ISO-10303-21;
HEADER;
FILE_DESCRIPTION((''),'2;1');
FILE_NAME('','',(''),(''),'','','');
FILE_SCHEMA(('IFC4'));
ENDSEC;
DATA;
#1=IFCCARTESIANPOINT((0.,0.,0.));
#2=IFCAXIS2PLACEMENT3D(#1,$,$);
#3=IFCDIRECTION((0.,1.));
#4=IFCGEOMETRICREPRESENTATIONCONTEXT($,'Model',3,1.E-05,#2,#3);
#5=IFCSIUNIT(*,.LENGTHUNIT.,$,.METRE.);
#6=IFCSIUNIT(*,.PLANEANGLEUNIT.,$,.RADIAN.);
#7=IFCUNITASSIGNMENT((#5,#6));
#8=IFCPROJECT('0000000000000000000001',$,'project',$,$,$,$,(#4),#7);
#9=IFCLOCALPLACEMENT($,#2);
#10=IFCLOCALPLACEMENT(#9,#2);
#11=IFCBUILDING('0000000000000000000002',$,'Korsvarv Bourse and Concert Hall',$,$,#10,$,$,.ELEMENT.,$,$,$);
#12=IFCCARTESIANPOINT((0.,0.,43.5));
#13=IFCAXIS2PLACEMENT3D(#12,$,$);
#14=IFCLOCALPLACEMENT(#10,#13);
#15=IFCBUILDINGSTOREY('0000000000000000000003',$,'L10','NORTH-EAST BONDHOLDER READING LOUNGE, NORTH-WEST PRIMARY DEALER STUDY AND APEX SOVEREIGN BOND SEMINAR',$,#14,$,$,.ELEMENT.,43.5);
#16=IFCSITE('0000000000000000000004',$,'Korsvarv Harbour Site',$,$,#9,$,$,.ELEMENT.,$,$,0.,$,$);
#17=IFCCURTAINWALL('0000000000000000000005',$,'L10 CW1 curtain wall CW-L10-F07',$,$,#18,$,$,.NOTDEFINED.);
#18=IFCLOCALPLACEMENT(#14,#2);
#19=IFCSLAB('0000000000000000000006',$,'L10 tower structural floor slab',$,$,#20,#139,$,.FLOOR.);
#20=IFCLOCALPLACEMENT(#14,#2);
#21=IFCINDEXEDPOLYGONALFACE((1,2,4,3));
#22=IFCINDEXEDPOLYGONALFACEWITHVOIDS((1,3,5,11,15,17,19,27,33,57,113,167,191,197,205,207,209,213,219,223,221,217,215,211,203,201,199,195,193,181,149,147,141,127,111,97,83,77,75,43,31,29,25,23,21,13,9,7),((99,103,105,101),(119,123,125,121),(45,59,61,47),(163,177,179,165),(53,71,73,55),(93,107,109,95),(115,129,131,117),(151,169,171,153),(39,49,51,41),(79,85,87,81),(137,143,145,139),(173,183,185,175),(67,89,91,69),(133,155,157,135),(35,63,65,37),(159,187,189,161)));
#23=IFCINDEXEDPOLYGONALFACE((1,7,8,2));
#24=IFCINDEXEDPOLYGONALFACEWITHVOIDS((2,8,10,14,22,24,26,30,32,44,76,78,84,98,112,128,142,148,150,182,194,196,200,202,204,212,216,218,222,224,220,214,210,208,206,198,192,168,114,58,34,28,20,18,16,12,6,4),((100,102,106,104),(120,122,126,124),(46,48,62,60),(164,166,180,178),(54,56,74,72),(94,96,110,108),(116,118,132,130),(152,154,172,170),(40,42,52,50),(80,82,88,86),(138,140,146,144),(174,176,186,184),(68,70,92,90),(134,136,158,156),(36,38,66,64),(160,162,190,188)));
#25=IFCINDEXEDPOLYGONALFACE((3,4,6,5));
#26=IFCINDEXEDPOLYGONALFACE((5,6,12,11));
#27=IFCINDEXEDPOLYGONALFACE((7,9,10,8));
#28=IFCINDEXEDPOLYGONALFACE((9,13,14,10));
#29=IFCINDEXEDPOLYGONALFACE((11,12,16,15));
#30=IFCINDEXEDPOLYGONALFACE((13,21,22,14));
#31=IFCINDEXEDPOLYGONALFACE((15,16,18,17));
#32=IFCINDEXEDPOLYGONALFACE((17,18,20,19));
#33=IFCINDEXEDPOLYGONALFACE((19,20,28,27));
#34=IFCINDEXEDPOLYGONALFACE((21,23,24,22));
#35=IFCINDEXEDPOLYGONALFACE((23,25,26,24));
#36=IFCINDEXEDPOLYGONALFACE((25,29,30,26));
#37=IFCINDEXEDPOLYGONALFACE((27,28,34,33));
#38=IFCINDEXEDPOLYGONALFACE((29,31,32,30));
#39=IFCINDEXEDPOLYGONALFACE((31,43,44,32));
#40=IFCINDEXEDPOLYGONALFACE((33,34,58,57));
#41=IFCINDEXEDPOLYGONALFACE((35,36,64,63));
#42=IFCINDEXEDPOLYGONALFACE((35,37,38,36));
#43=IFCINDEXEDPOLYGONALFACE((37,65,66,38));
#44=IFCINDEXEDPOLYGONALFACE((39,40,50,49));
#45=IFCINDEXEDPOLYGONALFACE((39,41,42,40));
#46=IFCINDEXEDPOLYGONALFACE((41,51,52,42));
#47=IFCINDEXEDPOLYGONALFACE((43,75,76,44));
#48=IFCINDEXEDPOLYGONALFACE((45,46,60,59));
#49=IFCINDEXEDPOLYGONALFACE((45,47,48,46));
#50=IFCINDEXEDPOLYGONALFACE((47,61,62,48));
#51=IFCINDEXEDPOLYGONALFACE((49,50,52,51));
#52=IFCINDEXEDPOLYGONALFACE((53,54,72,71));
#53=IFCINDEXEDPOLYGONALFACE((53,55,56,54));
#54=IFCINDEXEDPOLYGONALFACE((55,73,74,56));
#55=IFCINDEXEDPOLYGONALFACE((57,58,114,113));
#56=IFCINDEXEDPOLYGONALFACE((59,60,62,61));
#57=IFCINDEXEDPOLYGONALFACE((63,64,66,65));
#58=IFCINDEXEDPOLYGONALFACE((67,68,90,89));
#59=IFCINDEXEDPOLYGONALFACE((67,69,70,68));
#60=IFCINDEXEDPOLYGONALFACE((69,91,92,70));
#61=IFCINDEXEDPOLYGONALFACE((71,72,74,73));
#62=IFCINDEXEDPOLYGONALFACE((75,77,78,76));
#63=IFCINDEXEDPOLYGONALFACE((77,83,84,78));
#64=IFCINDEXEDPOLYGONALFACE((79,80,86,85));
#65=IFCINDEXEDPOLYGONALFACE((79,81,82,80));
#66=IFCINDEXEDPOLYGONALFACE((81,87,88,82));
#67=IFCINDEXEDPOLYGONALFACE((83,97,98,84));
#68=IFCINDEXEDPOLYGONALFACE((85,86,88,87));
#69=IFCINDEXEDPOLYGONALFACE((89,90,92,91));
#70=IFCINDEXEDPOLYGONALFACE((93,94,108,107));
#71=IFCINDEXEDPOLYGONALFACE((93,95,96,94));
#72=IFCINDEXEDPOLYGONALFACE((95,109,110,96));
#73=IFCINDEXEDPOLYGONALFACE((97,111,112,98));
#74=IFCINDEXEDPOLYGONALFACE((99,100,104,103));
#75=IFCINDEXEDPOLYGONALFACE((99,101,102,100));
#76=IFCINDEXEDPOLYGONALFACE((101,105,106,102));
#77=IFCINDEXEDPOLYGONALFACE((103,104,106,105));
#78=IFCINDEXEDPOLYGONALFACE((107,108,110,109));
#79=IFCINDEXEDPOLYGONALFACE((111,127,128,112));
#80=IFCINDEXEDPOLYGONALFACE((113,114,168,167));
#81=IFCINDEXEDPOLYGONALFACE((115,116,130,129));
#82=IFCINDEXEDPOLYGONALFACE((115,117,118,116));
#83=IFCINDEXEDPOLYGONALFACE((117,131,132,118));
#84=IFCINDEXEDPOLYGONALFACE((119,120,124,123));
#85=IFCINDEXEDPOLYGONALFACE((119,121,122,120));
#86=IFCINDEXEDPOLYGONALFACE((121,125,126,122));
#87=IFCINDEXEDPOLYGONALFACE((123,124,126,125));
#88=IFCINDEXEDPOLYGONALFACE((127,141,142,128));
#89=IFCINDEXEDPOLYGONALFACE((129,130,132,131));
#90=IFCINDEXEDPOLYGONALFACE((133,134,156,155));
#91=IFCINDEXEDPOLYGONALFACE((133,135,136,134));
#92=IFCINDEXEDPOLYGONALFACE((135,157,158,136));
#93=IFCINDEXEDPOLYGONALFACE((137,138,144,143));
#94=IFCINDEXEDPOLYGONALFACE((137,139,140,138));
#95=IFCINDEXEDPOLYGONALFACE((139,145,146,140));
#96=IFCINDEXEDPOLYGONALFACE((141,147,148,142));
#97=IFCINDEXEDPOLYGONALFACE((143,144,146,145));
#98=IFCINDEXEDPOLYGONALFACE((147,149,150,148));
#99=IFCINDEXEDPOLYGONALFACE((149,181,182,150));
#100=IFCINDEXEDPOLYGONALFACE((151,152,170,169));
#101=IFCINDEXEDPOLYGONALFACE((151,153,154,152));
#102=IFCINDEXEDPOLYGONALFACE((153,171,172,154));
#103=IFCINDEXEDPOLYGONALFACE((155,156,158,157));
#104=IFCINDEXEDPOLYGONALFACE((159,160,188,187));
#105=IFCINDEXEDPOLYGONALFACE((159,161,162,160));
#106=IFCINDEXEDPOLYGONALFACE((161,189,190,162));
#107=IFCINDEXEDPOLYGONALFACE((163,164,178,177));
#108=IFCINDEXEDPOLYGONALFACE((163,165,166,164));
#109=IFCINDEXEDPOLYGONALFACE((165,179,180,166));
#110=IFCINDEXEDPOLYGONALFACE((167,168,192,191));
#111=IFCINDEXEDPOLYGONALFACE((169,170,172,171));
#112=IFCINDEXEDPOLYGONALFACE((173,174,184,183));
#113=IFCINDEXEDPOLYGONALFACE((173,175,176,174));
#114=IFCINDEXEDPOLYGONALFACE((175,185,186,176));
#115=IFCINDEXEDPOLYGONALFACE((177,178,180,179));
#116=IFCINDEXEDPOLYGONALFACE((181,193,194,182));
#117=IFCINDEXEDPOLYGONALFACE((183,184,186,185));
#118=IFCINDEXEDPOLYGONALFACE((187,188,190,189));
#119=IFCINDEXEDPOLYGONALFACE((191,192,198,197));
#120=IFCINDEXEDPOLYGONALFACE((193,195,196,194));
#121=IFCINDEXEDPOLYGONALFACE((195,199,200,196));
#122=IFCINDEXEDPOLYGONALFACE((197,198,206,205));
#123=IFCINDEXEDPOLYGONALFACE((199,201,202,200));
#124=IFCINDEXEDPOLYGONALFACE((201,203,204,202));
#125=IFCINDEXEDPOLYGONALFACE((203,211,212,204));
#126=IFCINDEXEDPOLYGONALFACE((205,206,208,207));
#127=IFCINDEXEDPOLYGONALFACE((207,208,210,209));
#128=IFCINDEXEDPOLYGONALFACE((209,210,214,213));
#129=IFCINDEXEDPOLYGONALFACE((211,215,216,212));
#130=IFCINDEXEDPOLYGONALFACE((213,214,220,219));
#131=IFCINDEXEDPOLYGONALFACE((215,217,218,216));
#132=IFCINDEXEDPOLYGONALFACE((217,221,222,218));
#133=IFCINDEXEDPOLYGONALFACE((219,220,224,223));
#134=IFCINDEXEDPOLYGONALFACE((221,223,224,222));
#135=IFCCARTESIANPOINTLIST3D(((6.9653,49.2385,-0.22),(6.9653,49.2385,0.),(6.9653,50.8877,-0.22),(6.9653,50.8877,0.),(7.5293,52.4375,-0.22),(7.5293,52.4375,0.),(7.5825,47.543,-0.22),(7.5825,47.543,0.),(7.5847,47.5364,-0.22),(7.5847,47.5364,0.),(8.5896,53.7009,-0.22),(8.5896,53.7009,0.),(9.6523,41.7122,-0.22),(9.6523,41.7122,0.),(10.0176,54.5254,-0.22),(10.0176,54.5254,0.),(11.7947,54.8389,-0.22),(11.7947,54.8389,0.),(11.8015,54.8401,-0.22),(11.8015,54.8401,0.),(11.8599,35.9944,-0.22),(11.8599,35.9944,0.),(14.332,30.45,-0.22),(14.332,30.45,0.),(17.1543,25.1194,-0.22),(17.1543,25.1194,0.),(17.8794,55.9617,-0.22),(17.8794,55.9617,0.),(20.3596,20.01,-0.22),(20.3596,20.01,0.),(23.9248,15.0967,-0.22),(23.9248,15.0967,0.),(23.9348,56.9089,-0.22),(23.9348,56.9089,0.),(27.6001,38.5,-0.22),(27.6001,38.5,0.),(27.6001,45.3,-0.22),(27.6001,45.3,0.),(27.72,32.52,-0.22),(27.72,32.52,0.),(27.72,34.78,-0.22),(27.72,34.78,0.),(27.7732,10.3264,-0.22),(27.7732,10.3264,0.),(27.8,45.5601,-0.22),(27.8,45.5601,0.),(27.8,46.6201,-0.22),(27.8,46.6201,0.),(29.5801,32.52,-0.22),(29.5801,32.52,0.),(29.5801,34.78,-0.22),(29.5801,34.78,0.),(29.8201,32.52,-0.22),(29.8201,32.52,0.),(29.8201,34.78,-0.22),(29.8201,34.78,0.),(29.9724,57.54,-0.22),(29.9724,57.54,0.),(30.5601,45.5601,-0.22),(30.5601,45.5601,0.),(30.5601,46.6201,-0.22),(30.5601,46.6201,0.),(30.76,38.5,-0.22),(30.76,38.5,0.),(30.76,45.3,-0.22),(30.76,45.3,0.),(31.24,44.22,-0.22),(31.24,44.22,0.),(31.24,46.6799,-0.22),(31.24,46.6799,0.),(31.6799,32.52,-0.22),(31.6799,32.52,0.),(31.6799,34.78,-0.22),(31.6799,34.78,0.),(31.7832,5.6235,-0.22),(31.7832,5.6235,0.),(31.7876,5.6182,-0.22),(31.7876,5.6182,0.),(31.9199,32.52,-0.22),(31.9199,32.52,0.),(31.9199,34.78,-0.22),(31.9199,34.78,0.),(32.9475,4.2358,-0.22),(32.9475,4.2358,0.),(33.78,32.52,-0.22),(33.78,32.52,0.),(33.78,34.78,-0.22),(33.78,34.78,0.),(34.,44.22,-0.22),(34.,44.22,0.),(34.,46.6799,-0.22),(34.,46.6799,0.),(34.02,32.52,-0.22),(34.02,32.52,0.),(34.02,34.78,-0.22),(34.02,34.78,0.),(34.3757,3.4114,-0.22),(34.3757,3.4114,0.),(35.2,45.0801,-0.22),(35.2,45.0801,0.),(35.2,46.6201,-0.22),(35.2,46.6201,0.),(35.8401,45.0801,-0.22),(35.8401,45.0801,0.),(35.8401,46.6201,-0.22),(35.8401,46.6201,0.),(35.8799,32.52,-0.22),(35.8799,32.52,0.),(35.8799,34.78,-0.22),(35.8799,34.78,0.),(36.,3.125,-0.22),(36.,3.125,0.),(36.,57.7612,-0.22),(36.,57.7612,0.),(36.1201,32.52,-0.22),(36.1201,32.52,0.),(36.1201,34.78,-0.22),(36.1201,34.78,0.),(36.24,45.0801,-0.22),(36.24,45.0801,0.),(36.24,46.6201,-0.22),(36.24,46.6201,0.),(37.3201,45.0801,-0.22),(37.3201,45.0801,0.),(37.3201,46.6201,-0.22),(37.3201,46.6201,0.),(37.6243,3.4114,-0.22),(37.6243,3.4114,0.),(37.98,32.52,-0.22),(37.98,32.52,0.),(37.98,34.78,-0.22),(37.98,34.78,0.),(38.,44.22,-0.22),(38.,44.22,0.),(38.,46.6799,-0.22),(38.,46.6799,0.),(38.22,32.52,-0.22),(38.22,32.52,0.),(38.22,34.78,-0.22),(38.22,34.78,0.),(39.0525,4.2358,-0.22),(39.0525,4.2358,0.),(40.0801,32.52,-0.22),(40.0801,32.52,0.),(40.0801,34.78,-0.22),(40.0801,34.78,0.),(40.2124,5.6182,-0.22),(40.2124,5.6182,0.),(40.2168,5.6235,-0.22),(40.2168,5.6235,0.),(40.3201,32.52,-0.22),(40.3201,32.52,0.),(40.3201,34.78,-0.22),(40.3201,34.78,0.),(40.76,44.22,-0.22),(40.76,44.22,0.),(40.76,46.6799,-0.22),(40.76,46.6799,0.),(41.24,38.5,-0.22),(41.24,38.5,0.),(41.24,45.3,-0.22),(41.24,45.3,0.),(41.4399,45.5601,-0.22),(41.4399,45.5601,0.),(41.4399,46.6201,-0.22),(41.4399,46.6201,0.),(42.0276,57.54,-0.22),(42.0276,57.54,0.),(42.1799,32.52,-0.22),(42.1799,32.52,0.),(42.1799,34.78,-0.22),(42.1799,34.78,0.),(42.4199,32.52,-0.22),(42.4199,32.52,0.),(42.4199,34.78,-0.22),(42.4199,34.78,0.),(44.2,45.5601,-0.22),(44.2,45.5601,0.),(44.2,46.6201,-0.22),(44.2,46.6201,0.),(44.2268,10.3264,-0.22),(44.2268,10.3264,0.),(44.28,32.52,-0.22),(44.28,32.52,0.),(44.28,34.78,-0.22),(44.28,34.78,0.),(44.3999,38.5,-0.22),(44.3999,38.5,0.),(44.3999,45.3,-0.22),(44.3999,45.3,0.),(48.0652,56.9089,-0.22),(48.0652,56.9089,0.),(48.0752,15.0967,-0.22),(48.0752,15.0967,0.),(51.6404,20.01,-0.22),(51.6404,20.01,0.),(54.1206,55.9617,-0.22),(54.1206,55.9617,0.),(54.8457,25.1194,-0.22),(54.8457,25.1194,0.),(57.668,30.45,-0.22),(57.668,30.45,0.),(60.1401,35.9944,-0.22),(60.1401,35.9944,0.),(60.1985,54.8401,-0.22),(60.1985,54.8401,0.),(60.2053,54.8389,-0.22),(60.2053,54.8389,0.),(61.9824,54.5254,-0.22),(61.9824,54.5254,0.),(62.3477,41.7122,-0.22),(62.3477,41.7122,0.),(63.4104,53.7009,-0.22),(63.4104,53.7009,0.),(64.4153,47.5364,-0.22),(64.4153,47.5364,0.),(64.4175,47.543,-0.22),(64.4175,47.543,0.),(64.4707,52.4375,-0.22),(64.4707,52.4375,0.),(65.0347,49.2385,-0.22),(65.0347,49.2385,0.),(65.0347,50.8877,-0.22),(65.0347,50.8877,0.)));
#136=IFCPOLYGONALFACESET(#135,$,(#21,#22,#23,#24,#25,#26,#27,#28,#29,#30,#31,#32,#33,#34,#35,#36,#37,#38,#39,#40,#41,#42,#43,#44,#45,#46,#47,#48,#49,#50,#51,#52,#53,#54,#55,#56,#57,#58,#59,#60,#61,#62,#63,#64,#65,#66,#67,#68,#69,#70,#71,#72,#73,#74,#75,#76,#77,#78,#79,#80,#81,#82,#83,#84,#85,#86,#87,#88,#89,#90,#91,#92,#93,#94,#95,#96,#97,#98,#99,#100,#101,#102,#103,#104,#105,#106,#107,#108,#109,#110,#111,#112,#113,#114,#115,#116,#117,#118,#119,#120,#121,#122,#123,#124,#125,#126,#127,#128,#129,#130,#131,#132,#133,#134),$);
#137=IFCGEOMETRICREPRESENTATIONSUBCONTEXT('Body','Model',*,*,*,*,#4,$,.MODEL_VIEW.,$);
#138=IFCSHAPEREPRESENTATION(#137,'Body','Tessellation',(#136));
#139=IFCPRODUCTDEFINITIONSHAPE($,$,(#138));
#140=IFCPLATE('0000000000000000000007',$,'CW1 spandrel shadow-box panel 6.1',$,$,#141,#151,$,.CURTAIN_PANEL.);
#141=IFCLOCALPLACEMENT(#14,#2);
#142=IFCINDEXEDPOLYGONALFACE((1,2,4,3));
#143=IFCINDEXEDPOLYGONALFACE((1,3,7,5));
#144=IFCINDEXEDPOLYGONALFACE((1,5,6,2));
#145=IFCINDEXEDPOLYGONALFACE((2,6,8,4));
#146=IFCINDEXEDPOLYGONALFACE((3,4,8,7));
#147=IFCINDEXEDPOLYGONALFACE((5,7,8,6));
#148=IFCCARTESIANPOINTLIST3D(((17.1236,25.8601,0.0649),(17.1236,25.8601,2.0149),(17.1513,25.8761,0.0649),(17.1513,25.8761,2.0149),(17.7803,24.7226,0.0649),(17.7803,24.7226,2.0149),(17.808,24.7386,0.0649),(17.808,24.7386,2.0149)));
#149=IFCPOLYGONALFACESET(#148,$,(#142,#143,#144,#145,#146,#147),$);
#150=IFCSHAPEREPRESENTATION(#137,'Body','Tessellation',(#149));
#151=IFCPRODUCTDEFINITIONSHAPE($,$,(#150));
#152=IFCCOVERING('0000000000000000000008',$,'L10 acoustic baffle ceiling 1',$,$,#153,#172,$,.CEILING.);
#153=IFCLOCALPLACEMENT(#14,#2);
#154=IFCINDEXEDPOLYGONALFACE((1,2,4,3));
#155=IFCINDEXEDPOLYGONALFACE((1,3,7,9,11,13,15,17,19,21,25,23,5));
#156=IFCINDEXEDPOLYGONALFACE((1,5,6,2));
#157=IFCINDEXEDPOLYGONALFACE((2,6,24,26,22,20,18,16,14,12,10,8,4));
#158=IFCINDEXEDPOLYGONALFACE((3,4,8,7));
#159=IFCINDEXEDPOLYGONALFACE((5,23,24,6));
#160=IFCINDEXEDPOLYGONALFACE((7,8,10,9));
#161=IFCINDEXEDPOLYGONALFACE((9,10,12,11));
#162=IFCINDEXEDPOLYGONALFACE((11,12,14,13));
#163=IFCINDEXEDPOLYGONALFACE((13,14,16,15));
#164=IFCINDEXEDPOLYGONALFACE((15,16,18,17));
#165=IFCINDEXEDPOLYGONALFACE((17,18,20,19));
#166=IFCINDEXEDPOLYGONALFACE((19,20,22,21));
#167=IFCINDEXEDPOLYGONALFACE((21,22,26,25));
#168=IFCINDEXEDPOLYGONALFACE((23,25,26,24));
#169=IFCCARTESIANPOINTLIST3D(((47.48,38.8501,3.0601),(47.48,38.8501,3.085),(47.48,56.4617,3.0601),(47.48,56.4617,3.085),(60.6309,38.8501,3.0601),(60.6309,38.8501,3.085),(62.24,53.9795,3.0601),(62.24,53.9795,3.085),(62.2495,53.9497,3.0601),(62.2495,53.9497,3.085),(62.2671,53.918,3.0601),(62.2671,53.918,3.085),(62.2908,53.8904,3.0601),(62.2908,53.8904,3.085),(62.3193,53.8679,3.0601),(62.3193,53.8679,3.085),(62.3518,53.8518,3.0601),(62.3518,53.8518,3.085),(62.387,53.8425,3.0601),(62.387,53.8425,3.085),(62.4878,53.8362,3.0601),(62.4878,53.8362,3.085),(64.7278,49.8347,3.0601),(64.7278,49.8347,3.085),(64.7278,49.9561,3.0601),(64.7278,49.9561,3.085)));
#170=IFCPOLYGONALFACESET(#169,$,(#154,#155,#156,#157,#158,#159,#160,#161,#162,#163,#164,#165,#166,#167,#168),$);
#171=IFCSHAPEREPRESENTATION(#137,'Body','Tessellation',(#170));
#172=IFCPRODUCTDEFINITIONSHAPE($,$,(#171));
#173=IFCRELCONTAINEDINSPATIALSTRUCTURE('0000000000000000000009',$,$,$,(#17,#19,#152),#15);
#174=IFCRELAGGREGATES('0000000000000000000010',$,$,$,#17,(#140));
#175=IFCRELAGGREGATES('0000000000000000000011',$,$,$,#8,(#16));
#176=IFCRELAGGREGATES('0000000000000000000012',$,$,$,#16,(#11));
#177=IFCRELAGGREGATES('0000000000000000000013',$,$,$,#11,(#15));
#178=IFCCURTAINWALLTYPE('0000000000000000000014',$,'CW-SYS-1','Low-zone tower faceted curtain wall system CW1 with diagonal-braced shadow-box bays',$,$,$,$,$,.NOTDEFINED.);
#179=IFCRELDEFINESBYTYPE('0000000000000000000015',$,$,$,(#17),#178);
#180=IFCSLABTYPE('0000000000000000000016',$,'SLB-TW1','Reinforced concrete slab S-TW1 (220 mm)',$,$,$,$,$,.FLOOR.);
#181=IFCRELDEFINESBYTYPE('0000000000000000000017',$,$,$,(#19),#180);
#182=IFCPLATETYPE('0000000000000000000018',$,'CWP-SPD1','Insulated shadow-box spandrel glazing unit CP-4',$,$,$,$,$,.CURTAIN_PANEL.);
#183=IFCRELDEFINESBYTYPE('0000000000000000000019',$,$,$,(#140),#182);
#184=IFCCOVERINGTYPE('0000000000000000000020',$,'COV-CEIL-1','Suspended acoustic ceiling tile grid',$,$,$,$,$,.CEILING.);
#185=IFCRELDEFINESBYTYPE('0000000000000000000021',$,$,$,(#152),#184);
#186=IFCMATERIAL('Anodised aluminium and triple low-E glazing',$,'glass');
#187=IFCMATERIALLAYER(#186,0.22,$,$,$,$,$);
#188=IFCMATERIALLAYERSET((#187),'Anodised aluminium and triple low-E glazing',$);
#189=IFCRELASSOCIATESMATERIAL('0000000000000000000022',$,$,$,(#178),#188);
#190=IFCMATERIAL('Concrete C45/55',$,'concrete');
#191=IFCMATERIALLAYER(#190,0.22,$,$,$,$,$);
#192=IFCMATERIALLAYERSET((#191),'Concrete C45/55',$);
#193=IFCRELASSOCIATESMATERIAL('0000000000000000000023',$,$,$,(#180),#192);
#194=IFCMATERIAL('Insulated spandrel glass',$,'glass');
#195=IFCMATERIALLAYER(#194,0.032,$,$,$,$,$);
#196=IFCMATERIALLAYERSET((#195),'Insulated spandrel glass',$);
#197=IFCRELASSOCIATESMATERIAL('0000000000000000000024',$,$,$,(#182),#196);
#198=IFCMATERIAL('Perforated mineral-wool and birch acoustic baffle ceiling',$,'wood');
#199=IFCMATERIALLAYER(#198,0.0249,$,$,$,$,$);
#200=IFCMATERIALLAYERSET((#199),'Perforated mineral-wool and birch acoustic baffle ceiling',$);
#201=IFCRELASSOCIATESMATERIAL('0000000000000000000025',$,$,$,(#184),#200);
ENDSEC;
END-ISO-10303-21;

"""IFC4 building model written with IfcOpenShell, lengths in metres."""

from ifc_helpers import new_model, si_unit, direction, frame, origin, origin_2d, place, context, subcontext, project, spatial, polyline, rectangle, outline, extrude, source, transform, mapped, material, layer, layer_set, type_object, element, aggregate, save


model = new_model("IFC4")

# Units and contexts
model_context = context("Model", 3, precision=1e-05, world=origin(), true_north=direction((0.0, 1.0)))
body_context = subcontext(model_context, "Body", "Model", "MODEL_VIEW")
ifc_project = project(units=[si_unit("LENGTHUNIT", "METRE"), si_unit("PLANEANGLEUNIT", "RADIAN")], contexts=[model_context])

# Site, building, storey
site_placement = place(None, origin())
site = spatial("IfcSite", under=ifc_project, at=site_placement, Name="Korsvarv Harbour Site", CompositionType="ELEMENT", RefElevation=0.0)
building_placement = place(site_placement, origin())
building = spatial("IfcBuilding", under=site, at=building_placement, Name="Korsvarv Bourse and Concert Hall", CompositionType="ELEMENT")
storey_placement = place(building_placement, frame((0.0, 0.0, 43.5)))
storey = spatial("IfcBuildingStorey", under=building, at=storey_placement, Name="L10", Description="NORTH-EAST BONDHOLDER READING LOUNGE, NORTH-WEST PRIMARY DEALER STUDY AND APEX SOVEREIGN BOND SEMINAR", CompositionType="ELEMENT", Elevation=43.5)

# Curtain wall
ifc_material_1 = material(Name="Anodised aluminium and triple low-E glazing", Category="glass")
ifc_layer_1 = layer(ifc_material_1, 0.22)
ifc_layer_set_1 = layer_set([ifc_layer_1], Name="Anodised aluminium and triple low-E glazing")
curtain_wall_type = type_object("IfcCurtainWallType", Name="CW-SYS-1", Description="Low-zone tower faceted curtain wall system CW1 with diagonal-braced shadow-box bays", PredefinedType="NOTDEFINED", material=ifc_layer_set_1)
curtain_wall_placement = place(storey_placement, origin())
curtain_wall = element("IfcCurtainWall", 1, at=curtain_wall_placement, inside=storey, type_object=curtain_wall_type, Name="L10 CW1 curtain wall CW-L10-F07", PredefinedType="NOTDEFINED")

# Slab
ifc_material_2 = material(Name="Concrete C45/55", Category="concrete")
ifc_layer_2 = layer(ifc_material_2, 0.22)
ifc_layer_set_2 = layer_set([ifc_layer_2], Name="Concrete C45/55")
slab_type_1 = type_object("IfcSlabType", Name="SLB-TW1", Description="Reinforced concrete slab S-TW1 (220 mm)", PredefinedType="FLOOR", material=ifc_layer_set_2)
slab_1_placement = place(storey_placement, frame((0.0, 0.0, -0.22)))
element("IfcSlab", 2, at=slab_1_placement, inside=storey, type_object=slab_type_1, Name="L10 tower structural floor slab", PredefinedType="FLOOR", context=body_context, shape_type="SweptSolid", body=[
    extrude(outline(polyline([(64.4153, 47.5364), (62.3477, 41.7122), (60.1401, 35.9944), (57.668, 30.45), (54.8457, 25.1194), (51.6404, 20.01), (48.0752, 15.0967), (44.2268, 10.3264), (40.2168, 5.6235), (40.2124, 5.6182), (39.0525, 4.2358), (37.6243, 3.4114), (36.0, 3.125), (34.3757, 3.4114), (32.9475, 4.2358), (31.7876, 5.6182), (31.7832, 5.6235), (27.7732, 10.3264), (23.9248, 15.0967), (20.3596, 20.01), (17.1543, 25.1194), (14.332, 30.45), (11.8599, 35.9944), (9.6523, 41.7122), (7.5847, 47.5364), (7.5825, 47.543), (6.9653, 49.2385), (6.9653, 50.8877), (7.5293, 52.4375), (8.5896, 53.7009), (10.0176, 54.5254), (11.7947, 54.8389), (11.8015, 54.8401), (17.8794, 55.9617), (23.9348, 56.9089), (29.9724, 57.54), (36.0, 57.7612), (42.0276, 57.54), (48.0652, 56.9089), (54.1206, 55.9617), (60.1985, 54.8401), (60.2053, 54.8389), (61.9824, 54.5254), (63.4104, 53.7009), (64.4707, 52.4375), (65.0347, 50.8877), (65.0347, 49.2385), (64.4175, 47.543), (64.4153, 47.5364)]), holes=[polyline([(30.76, 38.5), (30.76, 45.3), (27.6001, 45.3), (27.6001, 38.5), (30.76, 38.5)]), polyline([(44.3999, 38.5), (44.3999, 45.3), (41.24, 45.3), (41.24, 38.5), (44.3999, 38.5)]), polyline([(31.24, 44.22), (34.0, 44.22), (34.0, 46.6799), (31.24, 46.6799), (31.24, 44.22)]), polyline([(38.0, 44.22), (40.76, 44.22), (40.76, 46.6799), (38.0, 46.6799), (38.0, 44.22)]), polyline([(27.72, 32.52), (29.5801, 32.52), (29.5801, 34.78), (27.72, 34.78), (27.72, 32.52)]), polyline([(29.8201, 32.52), (31.6799, 32.52), (31.6799, 34.78), (29.8201, 34.78), (29.8201, 32.52)]), polyline([(31.9199, 32.52), (33.78, 32.52), (33.78, 34.78), (31.9199, 34.78), (31.9199, 32.52)]), polyline([(34.02, 32.52), (35.8799, 32.52), (35.8799, 34.78), (34.02, 34.78), (34.02, 32.52)]), polyline([(36.1201, 32.52), (37.98, 32.52), (37.98, 34.78), (36.1201, 34.78), (36.1201, 32.52)]), polyline([(38.22, 32.52), (40.0801, 32.52), (40.0801, 34.78), (38.22, 34.78), (38.22, 32.52)]), polyline([(40.3201, 32.52), (42.1799, 32.52), (42.1799, 34.78), (40.3201, 34.78), (40.3201, 32.52)]), polyline([(42.4199, 32.52), (44.28, 32.52), (44.28, 34.78), (42.4199, 34.78), (42.4199, 32.52)]), polyline([(27.8, 45.5601), (30.5601, 45.5601), (30.5601, 46.6201), (27.8, 46.6201), (27.8, 45.5601)]), polyline([(41.4399, 45.5601), (44.2, 45.5601), (44.2, 46.6201), (41.4399, 46.6201), (41.4399, 45.5601)]), polyline([(35.2, 45.0801), (35.8401, 45.0801), (35.8401, 46.6201), (35.2, 46.6201), (35.2, 45.0801)]), polyline([(36.24, 45.0801), (37.3201, 45.0801), (37.3201, 46.6201), (36.24, 46.6201), (36.24, 45.0801)])]), origin(), (0.0, 0.0, 1.0), 0.22),
])

# Plate
ifc_material_3 = material(Name="Insulated spandrel glass", Category="glass")
ifc_layer_3 = layer(ifc_material_3, 0.032)
ifc_layer_set_3 = layer_set([ifc_layer_3], Name="Insulated spandrel glass")
plate_type = type_object("IfcPlateType", Name="CWP-SPD1", Description="Insulated shadow-box spandrel glazing unit CP-4", PredefinedType="CURTAIN_PANEL", material=ifc_layer_set_3)
shared_shape_1 = source(origin(), body_context, "Body", "SweptSolid", [
    extrude(rectangle(XDim=1.3135, YDim=0.032, at=origin_2d()), origin(), (0.0, 0.0, 1.0), 1.95),
])
plate_placement = place(storey_placement, frame((17.4658, 25.2993, 0.0649), z_axis=(0.0, 0.0, 1.0), x_axis=(0.5, -0.866026, 0.0)))
plate = element("IfcPlate", 3, at=plate_placement, type_object=plate_type, Name="CW1 spandrel shadow-box panel 6.1", PredefinedType="CURTAIN_PANEL", context=body_context, shape_type="MappedRepresentation", body=[
    mapped(shared_shape_1, transform((0.0, 0.0, 0.0), scale=1.0)),
])
aggregate(curtain_wall, [plate])

# Covering
ifc_material_4 = material(Name="Perforated mineral-wool and birch acoustic baffle ceiling", Category="wood")
ifc_layer_4 = layer(ifc_material_4, 0.0249)
ifc_layer_set_4 = layer_set([ifc_layer_4], Name="Perforated mineral-wool and birch acoustic baffle ceiling")
covering_type_1 = type_object("IfcCoveringType", Name="COV-CEIL-1", Description="Suspended acoustic ceiling tile grid", PredefinedType="CEILING", material=ifc_layer_set_4)
covering_1_placement = place(storey_placement, frame((0.0, 0.0, 3.0601)))
element("IfcCovering", 4, at=covering_1_placement, inside=storey, type_object=covering_type_1, Name="L10 acoustic baffle ceiling 1", PredefinedType="CEILING", context=body_context, shape_type="SweptSolid", body=[
    extrude(outline(polyline([(47.48, 56.4617), (62.24, 53.9795), (62.2495, 53.9497), (62.2671, 53.918), (62.2908, 53.8904), (62.3193, 53.8679), (62.3518, 53.8518), (62.387, 53.8425), (62.4878, 53.8362), (64.7278, 49.9561), (64.7278, 49.8347), (60.6309, 38.8501), (47.48, 38.8501), (47.48, 56.4617)])), origin(), (0.0, 0.0, 1.0), 0.0249),
])

save(model, "model.ifc")
